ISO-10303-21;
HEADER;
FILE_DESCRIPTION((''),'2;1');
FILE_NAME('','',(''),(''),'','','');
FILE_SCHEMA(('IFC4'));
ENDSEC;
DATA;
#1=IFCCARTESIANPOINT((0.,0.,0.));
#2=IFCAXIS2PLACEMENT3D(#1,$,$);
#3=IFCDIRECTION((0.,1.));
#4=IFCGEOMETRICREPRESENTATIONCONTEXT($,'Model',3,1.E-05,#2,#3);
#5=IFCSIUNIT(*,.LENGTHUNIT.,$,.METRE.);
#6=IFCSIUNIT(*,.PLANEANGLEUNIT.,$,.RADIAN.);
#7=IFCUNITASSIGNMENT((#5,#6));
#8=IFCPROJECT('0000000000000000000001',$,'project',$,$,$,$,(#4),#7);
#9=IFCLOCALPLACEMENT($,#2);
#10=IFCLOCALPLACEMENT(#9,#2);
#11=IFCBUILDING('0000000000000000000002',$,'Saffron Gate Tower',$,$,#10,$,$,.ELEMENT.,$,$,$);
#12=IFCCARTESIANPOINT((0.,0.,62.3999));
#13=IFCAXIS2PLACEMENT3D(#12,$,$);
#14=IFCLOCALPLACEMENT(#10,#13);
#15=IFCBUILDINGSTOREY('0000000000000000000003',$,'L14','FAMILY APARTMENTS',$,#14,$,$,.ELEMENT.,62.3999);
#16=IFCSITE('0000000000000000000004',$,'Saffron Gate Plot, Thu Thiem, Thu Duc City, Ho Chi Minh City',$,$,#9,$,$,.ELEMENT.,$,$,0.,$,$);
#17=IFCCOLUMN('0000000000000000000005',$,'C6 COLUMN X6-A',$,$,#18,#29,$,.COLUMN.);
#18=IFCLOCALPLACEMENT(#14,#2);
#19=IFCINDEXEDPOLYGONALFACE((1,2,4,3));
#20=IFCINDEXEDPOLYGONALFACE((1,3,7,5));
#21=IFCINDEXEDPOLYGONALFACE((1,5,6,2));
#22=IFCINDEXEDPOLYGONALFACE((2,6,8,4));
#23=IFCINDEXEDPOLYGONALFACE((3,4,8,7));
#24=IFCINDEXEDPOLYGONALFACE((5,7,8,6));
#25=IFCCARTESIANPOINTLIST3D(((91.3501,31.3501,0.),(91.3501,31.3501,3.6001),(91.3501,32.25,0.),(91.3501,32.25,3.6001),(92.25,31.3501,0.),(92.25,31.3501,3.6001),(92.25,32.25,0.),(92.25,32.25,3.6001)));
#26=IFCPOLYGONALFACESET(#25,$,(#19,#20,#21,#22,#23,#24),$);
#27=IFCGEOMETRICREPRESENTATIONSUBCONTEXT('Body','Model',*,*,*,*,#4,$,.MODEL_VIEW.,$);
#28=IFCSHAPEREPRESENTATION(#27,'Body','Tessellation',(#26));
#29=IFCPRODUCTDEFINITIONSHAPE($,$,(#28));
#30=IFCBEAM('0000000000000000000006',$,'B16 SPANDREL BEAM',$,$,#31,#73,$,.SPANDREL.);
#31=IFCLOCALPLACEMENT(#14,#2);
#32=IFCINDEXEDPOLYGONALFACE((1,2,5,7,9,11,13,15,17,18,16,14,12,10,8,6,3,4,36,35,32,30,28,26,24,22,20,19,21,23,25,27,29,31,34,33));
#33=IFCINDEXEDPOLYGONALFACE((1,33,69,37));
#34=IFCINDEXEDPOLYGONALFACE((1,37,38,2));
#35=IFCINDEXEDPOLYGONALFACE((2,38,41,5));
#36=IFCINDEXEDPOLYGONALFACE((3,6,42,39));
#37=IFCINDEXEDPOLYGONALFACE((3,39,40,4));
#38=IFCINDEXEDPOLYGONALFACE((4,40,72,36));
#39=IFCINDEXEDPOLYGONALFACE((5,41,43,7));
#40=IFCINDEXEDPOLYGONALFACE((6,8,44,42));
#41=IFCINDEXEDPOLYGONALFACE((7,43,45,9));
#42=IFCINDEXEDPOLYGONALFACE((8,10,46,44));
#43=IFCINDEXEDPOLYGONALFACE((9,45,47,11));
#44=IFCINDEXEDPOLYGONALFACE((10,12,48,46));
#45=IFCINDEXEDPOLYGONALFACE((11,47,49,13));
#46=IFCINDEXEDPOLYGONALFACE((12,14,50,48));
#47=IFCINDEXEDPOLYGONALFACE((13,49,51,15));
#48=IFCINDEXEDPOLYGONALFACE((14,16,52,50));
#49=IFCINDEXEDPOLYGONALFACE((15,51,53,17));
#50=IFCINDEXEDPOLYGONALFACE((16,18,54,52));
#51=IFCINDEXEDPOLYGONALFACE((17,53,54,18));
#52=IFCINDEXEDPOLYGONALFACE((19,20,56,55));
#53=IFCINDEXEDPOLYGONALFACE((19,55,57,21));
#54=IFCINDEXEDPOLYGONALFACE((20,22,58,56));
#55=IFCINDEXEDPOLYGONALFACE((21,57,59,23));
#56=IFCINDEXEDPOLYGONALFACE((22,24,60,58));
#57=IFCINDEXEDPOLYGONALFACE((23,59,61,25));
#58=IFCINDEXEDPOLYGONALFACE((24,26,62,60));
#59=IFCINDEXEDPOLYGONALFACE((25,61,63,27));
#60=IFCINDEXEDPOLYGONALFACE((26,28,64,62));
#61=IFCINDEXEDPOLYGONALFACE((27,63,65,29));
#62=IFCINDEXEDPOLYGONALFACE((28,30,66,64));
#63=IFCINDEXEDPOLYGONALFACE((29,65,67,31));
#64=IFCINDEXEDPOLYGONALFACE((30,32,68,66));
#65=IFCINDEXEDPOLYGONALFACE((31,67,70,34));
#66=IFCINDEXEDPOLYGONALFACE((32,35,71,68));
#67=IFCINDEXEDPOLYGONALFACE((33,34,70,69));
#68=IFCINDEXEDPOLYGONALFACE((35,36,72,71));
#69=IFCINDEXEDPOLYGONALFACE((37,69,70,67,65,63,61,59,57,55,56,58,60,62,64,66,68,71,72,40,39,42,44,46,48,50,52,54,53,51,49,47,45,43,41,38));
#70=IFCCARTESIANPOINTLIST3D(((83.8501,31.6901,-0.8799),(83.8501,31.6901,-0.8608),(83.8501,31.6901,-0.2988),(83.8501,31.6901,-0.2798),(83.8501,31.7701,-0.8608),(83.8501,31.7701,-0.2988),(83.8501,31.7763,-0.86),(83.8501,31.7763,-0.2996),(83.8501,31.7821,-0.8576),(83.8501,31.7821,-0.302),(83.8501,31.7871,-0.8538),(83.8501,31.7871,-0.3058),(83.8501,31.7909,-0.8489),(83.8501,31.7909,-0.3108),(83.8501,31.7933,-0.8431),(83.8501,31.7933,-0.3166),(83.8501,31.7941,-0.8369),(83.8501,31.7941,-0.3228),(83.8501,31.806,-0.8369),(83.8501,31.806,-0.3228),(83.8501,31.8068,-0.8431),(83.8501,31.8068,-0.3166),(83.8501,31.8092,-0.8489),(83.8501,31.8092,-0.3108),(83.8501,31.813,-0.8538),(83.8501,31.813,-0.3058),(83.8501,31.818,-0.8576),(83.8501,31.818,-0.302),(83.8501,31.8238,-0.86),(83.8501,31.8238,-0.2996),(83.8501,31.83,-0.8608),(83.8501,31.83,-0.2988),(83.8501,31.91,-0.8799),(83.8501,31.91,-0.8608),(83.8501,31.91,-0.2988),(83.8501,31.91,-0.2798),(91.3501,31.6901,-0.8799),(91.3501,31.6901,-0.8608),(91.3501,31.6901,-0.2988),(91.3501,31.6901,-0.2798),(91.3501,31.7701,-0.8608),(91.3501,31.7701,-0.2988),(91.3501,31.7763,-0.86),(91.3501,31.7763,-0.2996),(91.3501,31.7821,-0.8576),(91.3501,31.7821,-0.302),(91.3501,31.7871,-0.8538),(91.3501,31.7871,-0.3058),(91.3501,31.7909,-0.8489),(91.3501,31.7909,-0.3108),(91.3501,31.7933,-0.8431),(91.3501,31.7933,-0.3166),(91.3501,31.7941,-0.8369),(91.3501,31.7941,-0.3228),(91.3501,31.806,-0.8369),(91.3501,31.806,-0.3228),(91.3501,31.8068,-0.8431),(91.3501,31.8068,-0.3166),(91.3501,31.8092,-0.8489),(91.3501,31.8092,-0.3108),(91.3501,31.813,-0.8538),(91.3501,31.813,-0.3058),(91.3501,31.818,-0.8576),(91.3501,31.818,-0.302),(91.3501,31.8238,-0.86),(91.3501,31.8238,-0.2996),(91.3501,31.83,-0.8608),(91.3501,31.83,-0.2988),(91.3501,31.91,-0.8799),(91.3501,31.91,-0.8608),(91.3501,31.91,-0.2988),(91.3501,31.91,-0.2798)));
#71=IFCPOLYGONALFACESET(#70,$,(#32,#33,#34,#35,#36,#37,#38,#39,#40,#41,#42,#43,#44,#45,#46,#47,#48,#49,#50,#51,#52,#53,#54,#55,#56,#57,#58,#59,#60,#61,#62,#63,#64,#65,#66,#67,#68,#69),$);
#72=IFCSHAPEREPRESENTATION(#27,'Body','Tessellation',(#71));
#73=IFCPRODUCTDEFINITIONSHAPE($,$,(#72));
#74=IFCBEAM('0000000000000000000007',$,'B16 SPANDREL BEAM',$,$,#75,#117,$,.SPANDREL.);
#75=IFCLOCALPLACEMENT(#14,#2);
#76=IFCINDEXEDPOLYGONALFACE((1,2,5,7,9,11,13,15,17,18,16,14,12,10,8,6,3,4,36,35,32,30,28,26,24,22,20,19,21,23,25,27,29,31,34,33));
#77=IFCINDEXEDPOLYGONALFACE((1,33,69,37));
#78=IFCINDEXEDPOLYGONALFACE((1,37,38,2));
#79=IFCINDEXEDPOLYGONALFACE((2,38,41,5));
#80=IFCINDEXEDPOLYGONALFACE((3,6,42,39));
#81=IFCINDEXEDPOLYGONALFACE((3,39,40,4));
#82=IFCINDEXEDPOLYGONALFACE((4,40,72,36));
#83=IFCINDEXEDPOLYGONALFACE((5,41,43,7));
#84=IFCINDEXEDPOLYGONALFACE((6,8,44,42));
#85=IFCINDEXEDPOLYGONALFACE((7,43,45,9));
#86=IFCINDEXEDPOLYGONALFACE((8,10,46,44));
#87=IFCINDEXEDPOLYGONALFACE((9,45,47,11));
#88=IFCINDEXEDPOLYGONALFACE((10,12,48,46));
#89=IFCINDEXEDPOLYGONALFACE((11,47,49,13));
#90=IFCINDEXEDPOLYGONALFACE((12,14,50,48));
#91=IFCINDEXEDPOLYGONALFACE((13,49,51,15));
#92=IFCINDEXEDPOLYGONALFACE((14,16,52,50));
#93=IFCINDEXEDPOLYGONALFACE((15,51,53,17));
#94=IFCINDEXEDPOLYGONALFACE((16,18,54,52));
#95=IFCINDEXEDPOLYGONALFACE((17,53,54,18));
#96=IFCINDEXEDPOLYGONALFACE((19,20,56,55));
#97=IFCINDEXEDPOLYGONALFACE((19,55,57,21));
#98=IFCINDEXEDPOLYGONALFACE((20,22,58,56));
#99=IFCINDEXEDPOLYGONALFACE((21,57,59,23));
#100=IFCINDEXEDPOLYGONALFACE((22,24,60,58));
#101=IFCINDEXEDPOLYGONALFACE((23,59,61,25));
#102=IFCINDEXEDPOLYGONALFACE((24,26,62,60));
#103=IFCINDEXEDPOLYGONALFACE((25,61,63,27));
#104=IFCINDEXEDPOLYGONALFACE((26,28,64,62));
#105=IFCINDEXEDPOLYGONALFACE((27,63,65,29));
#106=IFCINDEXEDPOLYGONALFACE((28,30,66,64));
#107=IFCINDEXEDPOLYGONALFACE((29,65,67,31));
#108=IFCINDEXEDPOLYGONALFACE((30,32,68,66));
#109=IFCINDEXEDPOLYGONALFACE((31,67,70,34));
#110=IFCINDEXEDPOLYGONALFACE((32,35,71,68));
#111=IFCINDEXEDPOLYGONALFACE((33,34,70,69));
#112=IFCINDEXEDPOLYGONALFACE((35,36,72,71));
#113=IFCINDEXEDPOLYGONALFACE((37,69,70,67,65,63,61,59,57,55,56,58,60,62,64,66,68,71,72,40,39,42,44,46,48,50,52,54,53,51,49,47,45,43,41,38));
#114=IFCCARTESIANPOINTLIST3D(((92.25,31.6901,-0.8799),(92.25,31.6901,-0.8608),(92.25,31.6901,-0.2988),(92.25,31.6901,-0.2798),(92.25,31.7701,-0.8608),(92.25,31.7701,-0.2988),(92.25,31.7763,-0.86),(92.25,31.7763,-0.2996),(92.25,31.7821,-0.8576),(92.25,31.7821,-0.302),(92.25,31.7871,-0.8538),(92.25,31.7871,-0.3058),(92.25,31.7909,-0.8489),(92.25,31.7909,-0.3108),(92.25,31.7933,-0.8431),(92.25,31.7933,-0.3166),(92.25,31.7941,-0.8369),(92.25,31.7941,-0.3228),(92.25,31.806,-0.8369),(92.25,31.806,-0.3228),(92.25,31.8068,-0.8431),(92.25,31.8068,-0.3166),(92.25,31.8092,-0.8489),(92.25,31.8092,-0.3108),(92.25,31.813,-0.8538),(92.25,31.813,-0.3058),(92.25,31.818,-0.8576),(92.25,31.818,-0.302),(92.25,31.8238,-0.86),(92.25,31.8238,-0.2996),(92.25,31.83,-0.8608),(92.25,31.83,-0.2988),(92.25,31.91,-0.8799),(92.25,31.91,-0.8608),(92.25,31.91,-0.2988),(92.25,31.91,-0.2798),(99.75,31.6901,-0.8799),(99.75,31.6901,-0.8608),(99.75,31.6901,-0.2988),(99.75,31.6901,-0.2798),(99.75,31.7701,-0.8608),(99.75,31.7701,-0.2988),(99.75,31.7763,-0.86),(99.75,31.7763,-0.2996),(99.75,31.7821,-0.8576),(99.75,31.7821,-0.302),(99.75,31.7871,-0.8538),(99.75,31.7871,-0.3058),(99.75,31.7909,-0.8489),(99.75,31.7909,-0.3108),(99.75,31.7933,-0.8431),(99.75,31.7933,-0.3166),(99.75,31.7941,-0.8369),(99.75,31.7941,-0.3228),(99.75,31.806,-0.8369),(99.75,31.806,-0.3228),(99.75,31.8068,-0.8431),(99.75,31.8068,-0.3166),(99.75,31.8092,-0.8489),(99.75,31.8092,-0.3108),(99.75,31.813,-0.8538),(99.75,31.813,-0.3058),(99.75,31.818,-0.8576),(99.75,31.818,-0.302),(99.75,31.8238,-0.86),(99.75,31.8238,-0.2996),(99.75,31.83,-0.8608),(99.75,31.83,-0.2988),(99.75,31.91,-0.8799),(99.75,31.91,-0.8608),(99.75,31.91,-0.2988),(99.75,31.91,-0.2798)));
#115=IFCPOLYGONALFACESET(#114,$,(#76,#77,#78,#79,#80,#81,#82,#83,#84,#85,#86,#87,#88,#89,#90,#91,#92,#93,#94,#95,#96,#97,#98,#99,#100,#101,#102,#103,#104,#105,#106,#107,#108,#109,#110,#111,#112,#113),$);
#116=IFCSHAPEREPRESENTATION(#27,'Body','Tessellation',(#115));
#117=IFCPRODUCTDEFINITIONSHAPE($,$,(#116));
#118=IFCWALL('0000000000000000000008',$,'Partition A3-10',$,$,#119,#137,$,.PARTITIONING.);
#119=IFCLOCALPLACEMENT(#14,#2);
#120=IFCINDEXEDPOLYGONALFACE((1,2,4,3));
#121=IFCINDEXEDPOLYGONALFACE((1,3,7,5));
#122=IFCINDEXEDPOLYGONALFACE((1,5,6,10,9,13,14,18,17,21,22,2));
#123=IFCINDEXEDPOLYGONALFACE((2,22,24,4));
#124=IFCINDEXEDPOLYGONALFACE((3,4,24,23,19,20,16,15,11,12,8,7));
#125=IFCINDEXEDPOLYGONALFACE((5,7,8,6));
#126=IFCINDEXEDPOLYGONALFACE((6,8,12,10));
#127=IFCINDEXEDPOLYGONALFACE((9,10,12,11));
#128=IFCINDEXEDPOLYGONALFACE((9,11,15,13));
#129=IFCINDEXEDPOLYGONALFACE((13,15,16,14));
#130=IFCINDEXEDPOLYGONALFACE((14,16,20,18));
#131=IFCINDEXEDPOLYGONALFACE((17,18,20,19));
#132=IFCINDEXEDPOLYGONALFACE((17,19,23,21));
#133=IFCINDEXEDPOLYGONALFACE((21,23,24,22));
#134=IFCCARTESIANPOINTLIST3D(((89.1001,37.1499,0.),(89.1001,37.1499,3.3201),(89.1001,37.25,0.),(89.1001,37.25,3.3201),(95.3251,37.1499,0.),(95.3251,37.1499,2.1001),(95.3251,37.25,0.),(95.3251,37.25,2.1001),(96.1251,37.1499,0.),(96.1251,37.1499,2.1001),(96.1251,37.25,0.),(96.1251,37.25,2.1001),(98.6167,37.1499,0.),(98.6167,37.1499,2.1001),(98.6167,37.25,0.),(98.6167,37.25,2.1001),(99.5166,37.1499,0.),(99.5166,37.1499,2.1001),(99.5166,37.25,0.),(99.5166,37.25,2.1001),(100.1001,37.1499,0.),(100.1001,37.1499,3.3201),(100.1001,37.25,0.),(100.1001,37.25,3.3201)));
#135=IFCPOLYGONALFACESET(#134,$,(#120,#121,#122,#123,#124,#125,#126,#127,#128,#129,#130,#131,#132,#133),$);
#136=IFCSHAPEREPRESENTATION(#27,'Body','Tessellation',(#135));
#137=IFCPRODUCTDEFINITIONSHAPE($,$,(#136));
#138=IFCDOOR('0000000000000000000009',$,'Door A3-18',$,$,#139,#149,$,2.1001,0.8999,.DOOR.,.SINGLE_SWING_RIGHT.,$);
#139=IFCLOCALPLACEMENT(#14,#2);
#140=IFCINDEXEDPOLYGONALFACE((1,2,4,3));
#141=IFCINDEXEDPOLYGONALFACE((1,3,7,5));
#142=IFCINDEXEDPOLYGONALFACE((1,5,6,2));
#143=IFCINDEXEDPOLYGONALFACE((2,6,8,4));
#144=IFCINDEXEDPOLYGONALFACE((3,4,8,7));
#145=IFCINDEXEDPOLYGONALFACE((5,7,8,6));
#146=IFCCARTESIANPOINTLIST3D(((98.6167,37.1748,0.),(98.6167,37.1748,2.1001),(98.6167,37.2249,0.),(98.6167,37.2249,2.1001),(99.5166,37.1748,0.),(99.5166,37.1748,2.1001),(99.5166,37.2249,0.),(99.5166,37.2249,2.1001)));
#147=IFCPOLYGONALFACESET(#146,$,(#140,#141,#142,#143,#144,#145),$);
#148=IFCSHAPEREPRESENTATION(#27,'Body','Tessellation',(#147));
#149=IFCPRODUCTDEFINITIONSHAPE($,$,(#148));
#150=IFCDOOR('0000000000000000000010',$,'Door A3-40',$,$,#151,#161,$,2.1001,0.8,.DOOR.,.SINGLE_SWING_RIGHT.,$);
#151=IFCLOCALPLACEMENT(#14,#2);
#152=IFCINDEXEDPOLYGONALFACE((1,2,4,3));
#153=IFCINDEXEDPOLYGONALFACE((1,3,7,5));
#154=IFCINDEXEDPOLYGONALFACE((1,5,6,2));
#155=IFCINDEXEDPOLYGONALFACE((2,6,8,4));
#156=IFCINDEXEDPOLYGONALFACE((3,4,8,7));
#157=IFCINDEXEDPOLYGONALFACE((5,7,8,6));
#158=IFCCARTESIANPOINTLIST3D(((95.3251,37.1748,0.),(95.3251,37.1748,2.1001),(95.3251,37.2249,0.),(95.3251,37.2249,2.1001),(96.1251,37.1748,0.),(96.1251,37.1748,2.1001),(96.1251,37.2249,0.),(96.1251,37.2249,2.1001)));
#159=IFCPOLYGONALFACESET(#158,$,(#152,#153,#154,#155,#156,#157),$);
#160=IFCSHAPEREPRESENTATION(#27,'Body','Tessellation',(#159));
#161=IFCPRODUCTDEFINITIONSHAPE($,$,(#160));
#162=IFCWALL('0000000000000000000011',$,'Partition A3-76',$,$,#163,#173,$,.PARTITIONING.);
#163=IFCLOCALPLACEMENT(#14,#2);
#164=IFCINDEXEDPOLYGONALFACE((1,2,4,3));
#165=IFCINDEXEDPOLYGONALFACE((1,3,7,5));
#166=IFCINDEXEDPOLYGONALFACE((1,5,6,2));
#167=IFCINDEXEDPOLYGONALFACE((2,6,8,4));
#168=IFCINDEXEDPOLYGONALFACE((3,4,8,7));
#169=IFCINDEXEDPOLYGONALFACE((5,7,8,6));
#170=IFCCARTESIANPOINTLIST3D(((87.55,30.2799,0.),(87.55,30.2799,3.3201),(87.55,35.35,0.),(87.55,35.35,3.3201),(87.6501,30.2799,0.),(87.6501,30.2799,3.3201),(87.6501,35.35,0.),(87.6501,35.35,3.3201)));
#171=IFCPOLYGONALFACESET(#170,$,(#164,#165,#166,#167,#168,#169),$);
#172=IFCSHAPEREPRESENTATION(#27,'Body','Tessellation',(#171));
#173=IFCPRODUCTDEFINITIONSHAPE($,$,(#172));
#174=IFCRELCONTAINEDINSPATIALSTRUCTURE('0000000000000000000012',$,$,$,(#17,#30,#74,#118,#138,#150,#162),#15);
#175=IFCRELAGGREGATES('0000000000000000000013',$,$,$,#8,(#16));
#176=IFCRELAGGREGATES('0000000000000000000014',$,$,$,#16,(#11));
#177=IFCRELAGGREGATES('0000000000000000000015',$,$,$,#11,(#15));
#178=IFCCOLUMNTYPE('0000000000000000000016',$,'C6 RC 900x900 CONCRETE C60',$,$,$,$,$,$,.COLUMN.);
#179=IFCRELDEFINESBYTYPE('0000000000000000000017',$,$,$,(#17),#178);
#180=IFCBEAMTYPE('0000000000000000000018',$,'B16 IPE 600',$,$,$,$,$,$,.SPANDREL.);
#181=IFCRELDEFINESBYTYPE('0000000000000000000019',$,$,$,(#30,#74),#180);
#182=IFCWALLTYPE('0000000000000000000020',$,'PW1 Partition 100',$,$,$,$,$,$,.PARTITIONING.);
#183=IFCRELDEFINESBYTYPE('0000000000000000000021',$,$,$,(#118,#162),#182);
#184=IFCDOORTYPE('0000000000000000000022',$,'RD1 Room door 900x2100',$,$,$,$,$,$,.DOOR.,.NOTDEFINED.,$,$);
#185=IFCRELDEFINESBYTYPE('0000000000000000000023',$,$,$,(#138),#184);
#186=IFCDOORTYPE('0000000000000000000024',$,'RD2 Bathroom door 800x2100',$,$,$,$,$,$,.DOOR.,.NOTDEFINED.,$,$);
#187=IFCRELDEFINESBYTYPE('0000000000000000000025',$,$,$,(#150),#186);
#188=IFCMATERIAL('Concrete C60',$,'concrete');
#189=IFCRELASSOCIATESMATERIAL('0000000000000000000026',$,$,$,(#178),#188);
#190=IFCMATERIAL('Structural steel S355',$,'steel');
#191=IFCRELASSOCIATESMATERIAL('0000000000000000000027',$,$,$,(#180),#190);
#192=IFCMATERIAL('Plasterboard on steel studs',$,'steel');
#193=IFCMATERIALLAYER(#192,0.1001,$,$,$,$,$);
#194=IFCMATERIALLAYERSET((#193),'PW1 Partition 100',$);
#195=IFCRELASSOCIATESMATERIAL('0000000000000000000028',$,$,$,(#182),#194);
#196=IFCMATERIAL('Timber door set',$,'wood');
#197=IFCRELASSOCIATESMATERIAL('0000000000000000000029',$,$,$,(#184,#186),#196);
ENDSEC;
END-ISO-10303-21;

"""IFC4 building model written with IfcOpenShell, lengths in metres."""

from ifc_helpers import new_model, si_unit, direction, frame, frame_2d, origin, origin_2d, place, context, subcontext, project, spatial, rectangle, i_section, extrude, material, layer, layer_set, material_profile, profile_set, type_object, element, fill, save


model = new_model("IFC4")

# Units and contexts
model_context = context("Model", 3, precision=1e-05, world=origin(), true_north=direction((0.0, 1.0)))
body_context = subcontext(model_context, "Body", "Model", "MODEL_VIEW")
ifc_project = project(units=[si_unit("LENGTHUNIT", "METRE"), si_unit("PLANEANGLEUNIT", "RADIAN")], contexts=[model_context])

# Site, building, storey
site_placement = place(None, origin())
site = spatial("IfcSite", under=ifc_project, at=site_placement, Name="Saffron Gate Plot, Thu Thiem, Thu Duc City, Ho Chi Minh City", CompositionType="ELEMENT", RefElevation=0.0)
building_placement = place(site_placement, origin())
building = spatial("IfcBuilding", under=site, at=building_placement, Name="Saffron Gate Tower", CompositionType="ELEMENT")
storey_placement = place(building_placement, frame((0.0, 0.0, 62.3999)))
storey = spatial("IfcBuildingStorey", under=building, at=storey_placement, Name="L14", Description="FAMILY APARTMENTS", CompositionType="ELEMENT", Elevation=62.3999)

# Column
ifc_material_1 = material(Name="Concrete C60", Category="concrete")
ifc_material_profile_1 = material_profile(ifc_material_1, rectangle(XDim=0.8999, YDim=0.8999, at=origin_2d()))
ifc_profile_set_1 = profile_set([ifc_material_profile_1], Name="Concrete C60")
column_type = type_object("IfcColumnType", Name="C6 RC 900x900 CONCRETE C60", PredefinedType="COLUMN", material=ifc_profile_set_1)
column_placement = place(storey_placement, frame((91.8, 31.8, 0.0), z_axis=(0.0, 0.0, 1.0), x_axis=(1.0, 0.0, 0.0)))
element("IfcColumn", 1, at=column_placement, inside=storey, type_object=column_type, Name="C6 COLUMN X6-A", PredefinedType="COLUMN", context=body_context, shape_type="SweptSolid", body=[
    extrude(rectangle(XDim=0.8999, YDim=0.8999, at=origin_2d()), origin(), (0.0, 0.0, 1.0), 3.6001),
])

# Beams
ifc_material_2 = material(Name="Structural steel S355", Category="steel")
ifc_material_profile_2 = material_profile(ifc_material_2, i_section(OverallWidth=0.22, OverallDepth=0.6001, WebThickness=0.012, FlangeThickness=0.019, FilletRadius=0.0239, at=origin_2d()))
ifc_profile_set_2 = profile_set([ifc_material_profile_2], Name="Structural steel S355")
beam_type = type_object("IfcBeamType", Name="B16 IPE 600", PredefinedType="SPANDREL", material=ifc_profile_set_2)
for number, where, z_axis, x_axis, name in (
    (2, (83.8501, 31.8, -0.5798), (1.0, 0.0, 0.0), (0.0, 1.0, 0.0), "B16 SPANDREL BEAM"),
    (3, (92.25, 31.8, -0.5798), (1.0, 0.0, 0.0), (0.0, 1.0, 0.0), "B16 SPANDREL BEAM"),
):
    element("IfcBeam", number, at=place(storey_placement, frame(where, z_axis=z_axis, x_axis=x_axis)), inside=storey, type_object=beam_type, Name=name, PredefinedType="SPANDREL", context=body_context, shape_type="SweptSolid", body=[
        extrude(i_section(OverallWidth=0.22, OverallDepth=0.6001, WebThickness=0.012, FlangeThickness=0.019, FilletRadius=0.0239, at=origin_2d()), origin(), (0.0, 0.0, 1.0), 7.5),
    ])

# Wall, openings, doors
ifc_material_3 = material(Name="Plasterboard on steel studs", Category="steel")
ifc_layer_1 = layer(ifc_material_3, 0.1001)
ifc_layer_set_1 = layer_set([ifc_layer_1], Name="PW1 Partition 100")
wall_type = type_object("IfcWallType", Name="PW1 Partition 100", PredefinedType="PARTITIONING", material=ifc_layer_set_1)
wall_1_placement = place(storey_placement, frame((89.1001, 37.2, 0.0), z_axis=(0.0, 0.0, 1.0), x_axis=(1.0, 0.0, 0.0)))
wall_1 = element("IfcWall", 4, at=wall_1_placement, inside=storey, type_object=wall_type, Name="Partition A3-10", PredefinedType="PARTITIONING", context=body_context, shape_type="SweptSolid", body=[
    extrude(rectangle(XDim=11.0, YDim=0.1001, at=frame_2d((5.5, 0.0))), origin(), (0.0, 0.0, 1.0), 3.3201),
])
opening_1_placement = place(wall_1_placement, frame((6.2251, 0.0, 0.0)))
opening_1 = element("IfcOpeningElement", 5, at=opening_1_placement, cuts=wall_1, PredefinedType="OPENING", context=body_context, shape_type="SweptSolid", body=[
    extrude(rectangle(XDim=0.8, YDim=2.1001, at=frame_2d((0.3999, 1.05))), frame((0.0, 0.0601, 0.0), z_axis=(0.0, -1.0, 0.0), x_axis=(1.0, 0.0, 0.0)), (0.0, 0.0, 1.0), 0.1201),
])
opening_2_placement = place(wall_1_placement, frame((9.5166, 0.0, 0.0)))
opening_2 = element("IfcOpeningElement", 6, at=opening_2_placement, cuts=wall_1, PredefinedType="OPENING", context=body_context, shape_type="SweptSolid", body=[
    extrude(rectangle(XDim=0.8999, YDim=2.1001, at=frame_2d((0.45, 1.05))), frame((0.0, 0.0601, 0.0), z_axis=(0.0, -1.0, 0.0), x_axis=(1.0, 0.0, 0.0)), (0.0, 0.0, 1.0), 0.1201),
])
ifc_material_4 = material(Name="Timber door set", Category="wood")
door_type_1 = type_object("IfcDoorType", Name="RD1 Room door 900x2100", OperationType="NOTDEFINED", PredefinedType="DOOR", material=ifc_material_4)
door_1_placement = place(opening_2_placement, origin())
door_1 = element("IfcDoor", 7, at=door_1_placement, inside=storey, type_object=door_type_1, Name="Door A3-18", OperationType="SINGLE_SWING_RIGHT", OverallHeight=2.1001, OverallWidth=0.8999, PredefinedType="DOOR", context=body_context, shape_type="SweptSolid", body=[
    extrude(rectangle(XDim=0.8999, YDim=2.1001, at=frame_2d((0.45, 1.05))), frame((0.0, 0.0249, 0.0), z_axis=(0.0, -1.0, 0.0), x_axis=(1.0, 0.0, 0.0)), (0.0, 0.0, 1.0), 0.05),
])
fill(opening_2, door_1)
door_type_2 = type_object("IfcDoorType", Name="RD2 Bathroom door 800x2100", OperationType="NOTDEFINED", PredefinedType="DOOR", material=ifc_material_4)
door_2_placement = place(opening_1_placement, origin())
door_2 = element("IfcDoor", 8, at=door_2_placement, inside=storey, type_object=door_type_2, Name="Door A3-40", OperationType="SINGLE_SWING_RIGHT", OverallHeight=2.1001, OverallWidth=0.8, PredefinedType="DOOR", context=body_context, shape_type="SweptSolid", body=[
    extrude(rectangle(XDim=0.8, YDim=2.1001, at=frame_2d((0.3999, 1.05))), frame((0.0, 0.0249, 0.0), z_axis=(0.0, -1.0, 0.0), x_axis=(1.0, 0.0, 0.0)), (0.0, 0.0, 1.0), 0.05),
])
fill(opening_1, door_2)

# Wall
wall_2_placement = place(storey_placement, frame((87.6001, 35.3501, 0.0), z_axis=(0.0, 0.0, 1.0), x_axis=(0.0, -1.0, 0.0)))
element("IfcWall", 9, at=wall_2_placement, inside=storey, type_object=wall_type, Name="Partition A3-76", PredefinedType="PARTITIONING", context=body_context, shape_type="SweptSolid", body=[
    extrude(rectangle(XDim=5.0701, YDim=0.1001, at=frame_2d((2.5352, 0.0))), origin(), (0.0, 0.0, 1.0), 3.3201),
])

save(model, "model.ifc")
